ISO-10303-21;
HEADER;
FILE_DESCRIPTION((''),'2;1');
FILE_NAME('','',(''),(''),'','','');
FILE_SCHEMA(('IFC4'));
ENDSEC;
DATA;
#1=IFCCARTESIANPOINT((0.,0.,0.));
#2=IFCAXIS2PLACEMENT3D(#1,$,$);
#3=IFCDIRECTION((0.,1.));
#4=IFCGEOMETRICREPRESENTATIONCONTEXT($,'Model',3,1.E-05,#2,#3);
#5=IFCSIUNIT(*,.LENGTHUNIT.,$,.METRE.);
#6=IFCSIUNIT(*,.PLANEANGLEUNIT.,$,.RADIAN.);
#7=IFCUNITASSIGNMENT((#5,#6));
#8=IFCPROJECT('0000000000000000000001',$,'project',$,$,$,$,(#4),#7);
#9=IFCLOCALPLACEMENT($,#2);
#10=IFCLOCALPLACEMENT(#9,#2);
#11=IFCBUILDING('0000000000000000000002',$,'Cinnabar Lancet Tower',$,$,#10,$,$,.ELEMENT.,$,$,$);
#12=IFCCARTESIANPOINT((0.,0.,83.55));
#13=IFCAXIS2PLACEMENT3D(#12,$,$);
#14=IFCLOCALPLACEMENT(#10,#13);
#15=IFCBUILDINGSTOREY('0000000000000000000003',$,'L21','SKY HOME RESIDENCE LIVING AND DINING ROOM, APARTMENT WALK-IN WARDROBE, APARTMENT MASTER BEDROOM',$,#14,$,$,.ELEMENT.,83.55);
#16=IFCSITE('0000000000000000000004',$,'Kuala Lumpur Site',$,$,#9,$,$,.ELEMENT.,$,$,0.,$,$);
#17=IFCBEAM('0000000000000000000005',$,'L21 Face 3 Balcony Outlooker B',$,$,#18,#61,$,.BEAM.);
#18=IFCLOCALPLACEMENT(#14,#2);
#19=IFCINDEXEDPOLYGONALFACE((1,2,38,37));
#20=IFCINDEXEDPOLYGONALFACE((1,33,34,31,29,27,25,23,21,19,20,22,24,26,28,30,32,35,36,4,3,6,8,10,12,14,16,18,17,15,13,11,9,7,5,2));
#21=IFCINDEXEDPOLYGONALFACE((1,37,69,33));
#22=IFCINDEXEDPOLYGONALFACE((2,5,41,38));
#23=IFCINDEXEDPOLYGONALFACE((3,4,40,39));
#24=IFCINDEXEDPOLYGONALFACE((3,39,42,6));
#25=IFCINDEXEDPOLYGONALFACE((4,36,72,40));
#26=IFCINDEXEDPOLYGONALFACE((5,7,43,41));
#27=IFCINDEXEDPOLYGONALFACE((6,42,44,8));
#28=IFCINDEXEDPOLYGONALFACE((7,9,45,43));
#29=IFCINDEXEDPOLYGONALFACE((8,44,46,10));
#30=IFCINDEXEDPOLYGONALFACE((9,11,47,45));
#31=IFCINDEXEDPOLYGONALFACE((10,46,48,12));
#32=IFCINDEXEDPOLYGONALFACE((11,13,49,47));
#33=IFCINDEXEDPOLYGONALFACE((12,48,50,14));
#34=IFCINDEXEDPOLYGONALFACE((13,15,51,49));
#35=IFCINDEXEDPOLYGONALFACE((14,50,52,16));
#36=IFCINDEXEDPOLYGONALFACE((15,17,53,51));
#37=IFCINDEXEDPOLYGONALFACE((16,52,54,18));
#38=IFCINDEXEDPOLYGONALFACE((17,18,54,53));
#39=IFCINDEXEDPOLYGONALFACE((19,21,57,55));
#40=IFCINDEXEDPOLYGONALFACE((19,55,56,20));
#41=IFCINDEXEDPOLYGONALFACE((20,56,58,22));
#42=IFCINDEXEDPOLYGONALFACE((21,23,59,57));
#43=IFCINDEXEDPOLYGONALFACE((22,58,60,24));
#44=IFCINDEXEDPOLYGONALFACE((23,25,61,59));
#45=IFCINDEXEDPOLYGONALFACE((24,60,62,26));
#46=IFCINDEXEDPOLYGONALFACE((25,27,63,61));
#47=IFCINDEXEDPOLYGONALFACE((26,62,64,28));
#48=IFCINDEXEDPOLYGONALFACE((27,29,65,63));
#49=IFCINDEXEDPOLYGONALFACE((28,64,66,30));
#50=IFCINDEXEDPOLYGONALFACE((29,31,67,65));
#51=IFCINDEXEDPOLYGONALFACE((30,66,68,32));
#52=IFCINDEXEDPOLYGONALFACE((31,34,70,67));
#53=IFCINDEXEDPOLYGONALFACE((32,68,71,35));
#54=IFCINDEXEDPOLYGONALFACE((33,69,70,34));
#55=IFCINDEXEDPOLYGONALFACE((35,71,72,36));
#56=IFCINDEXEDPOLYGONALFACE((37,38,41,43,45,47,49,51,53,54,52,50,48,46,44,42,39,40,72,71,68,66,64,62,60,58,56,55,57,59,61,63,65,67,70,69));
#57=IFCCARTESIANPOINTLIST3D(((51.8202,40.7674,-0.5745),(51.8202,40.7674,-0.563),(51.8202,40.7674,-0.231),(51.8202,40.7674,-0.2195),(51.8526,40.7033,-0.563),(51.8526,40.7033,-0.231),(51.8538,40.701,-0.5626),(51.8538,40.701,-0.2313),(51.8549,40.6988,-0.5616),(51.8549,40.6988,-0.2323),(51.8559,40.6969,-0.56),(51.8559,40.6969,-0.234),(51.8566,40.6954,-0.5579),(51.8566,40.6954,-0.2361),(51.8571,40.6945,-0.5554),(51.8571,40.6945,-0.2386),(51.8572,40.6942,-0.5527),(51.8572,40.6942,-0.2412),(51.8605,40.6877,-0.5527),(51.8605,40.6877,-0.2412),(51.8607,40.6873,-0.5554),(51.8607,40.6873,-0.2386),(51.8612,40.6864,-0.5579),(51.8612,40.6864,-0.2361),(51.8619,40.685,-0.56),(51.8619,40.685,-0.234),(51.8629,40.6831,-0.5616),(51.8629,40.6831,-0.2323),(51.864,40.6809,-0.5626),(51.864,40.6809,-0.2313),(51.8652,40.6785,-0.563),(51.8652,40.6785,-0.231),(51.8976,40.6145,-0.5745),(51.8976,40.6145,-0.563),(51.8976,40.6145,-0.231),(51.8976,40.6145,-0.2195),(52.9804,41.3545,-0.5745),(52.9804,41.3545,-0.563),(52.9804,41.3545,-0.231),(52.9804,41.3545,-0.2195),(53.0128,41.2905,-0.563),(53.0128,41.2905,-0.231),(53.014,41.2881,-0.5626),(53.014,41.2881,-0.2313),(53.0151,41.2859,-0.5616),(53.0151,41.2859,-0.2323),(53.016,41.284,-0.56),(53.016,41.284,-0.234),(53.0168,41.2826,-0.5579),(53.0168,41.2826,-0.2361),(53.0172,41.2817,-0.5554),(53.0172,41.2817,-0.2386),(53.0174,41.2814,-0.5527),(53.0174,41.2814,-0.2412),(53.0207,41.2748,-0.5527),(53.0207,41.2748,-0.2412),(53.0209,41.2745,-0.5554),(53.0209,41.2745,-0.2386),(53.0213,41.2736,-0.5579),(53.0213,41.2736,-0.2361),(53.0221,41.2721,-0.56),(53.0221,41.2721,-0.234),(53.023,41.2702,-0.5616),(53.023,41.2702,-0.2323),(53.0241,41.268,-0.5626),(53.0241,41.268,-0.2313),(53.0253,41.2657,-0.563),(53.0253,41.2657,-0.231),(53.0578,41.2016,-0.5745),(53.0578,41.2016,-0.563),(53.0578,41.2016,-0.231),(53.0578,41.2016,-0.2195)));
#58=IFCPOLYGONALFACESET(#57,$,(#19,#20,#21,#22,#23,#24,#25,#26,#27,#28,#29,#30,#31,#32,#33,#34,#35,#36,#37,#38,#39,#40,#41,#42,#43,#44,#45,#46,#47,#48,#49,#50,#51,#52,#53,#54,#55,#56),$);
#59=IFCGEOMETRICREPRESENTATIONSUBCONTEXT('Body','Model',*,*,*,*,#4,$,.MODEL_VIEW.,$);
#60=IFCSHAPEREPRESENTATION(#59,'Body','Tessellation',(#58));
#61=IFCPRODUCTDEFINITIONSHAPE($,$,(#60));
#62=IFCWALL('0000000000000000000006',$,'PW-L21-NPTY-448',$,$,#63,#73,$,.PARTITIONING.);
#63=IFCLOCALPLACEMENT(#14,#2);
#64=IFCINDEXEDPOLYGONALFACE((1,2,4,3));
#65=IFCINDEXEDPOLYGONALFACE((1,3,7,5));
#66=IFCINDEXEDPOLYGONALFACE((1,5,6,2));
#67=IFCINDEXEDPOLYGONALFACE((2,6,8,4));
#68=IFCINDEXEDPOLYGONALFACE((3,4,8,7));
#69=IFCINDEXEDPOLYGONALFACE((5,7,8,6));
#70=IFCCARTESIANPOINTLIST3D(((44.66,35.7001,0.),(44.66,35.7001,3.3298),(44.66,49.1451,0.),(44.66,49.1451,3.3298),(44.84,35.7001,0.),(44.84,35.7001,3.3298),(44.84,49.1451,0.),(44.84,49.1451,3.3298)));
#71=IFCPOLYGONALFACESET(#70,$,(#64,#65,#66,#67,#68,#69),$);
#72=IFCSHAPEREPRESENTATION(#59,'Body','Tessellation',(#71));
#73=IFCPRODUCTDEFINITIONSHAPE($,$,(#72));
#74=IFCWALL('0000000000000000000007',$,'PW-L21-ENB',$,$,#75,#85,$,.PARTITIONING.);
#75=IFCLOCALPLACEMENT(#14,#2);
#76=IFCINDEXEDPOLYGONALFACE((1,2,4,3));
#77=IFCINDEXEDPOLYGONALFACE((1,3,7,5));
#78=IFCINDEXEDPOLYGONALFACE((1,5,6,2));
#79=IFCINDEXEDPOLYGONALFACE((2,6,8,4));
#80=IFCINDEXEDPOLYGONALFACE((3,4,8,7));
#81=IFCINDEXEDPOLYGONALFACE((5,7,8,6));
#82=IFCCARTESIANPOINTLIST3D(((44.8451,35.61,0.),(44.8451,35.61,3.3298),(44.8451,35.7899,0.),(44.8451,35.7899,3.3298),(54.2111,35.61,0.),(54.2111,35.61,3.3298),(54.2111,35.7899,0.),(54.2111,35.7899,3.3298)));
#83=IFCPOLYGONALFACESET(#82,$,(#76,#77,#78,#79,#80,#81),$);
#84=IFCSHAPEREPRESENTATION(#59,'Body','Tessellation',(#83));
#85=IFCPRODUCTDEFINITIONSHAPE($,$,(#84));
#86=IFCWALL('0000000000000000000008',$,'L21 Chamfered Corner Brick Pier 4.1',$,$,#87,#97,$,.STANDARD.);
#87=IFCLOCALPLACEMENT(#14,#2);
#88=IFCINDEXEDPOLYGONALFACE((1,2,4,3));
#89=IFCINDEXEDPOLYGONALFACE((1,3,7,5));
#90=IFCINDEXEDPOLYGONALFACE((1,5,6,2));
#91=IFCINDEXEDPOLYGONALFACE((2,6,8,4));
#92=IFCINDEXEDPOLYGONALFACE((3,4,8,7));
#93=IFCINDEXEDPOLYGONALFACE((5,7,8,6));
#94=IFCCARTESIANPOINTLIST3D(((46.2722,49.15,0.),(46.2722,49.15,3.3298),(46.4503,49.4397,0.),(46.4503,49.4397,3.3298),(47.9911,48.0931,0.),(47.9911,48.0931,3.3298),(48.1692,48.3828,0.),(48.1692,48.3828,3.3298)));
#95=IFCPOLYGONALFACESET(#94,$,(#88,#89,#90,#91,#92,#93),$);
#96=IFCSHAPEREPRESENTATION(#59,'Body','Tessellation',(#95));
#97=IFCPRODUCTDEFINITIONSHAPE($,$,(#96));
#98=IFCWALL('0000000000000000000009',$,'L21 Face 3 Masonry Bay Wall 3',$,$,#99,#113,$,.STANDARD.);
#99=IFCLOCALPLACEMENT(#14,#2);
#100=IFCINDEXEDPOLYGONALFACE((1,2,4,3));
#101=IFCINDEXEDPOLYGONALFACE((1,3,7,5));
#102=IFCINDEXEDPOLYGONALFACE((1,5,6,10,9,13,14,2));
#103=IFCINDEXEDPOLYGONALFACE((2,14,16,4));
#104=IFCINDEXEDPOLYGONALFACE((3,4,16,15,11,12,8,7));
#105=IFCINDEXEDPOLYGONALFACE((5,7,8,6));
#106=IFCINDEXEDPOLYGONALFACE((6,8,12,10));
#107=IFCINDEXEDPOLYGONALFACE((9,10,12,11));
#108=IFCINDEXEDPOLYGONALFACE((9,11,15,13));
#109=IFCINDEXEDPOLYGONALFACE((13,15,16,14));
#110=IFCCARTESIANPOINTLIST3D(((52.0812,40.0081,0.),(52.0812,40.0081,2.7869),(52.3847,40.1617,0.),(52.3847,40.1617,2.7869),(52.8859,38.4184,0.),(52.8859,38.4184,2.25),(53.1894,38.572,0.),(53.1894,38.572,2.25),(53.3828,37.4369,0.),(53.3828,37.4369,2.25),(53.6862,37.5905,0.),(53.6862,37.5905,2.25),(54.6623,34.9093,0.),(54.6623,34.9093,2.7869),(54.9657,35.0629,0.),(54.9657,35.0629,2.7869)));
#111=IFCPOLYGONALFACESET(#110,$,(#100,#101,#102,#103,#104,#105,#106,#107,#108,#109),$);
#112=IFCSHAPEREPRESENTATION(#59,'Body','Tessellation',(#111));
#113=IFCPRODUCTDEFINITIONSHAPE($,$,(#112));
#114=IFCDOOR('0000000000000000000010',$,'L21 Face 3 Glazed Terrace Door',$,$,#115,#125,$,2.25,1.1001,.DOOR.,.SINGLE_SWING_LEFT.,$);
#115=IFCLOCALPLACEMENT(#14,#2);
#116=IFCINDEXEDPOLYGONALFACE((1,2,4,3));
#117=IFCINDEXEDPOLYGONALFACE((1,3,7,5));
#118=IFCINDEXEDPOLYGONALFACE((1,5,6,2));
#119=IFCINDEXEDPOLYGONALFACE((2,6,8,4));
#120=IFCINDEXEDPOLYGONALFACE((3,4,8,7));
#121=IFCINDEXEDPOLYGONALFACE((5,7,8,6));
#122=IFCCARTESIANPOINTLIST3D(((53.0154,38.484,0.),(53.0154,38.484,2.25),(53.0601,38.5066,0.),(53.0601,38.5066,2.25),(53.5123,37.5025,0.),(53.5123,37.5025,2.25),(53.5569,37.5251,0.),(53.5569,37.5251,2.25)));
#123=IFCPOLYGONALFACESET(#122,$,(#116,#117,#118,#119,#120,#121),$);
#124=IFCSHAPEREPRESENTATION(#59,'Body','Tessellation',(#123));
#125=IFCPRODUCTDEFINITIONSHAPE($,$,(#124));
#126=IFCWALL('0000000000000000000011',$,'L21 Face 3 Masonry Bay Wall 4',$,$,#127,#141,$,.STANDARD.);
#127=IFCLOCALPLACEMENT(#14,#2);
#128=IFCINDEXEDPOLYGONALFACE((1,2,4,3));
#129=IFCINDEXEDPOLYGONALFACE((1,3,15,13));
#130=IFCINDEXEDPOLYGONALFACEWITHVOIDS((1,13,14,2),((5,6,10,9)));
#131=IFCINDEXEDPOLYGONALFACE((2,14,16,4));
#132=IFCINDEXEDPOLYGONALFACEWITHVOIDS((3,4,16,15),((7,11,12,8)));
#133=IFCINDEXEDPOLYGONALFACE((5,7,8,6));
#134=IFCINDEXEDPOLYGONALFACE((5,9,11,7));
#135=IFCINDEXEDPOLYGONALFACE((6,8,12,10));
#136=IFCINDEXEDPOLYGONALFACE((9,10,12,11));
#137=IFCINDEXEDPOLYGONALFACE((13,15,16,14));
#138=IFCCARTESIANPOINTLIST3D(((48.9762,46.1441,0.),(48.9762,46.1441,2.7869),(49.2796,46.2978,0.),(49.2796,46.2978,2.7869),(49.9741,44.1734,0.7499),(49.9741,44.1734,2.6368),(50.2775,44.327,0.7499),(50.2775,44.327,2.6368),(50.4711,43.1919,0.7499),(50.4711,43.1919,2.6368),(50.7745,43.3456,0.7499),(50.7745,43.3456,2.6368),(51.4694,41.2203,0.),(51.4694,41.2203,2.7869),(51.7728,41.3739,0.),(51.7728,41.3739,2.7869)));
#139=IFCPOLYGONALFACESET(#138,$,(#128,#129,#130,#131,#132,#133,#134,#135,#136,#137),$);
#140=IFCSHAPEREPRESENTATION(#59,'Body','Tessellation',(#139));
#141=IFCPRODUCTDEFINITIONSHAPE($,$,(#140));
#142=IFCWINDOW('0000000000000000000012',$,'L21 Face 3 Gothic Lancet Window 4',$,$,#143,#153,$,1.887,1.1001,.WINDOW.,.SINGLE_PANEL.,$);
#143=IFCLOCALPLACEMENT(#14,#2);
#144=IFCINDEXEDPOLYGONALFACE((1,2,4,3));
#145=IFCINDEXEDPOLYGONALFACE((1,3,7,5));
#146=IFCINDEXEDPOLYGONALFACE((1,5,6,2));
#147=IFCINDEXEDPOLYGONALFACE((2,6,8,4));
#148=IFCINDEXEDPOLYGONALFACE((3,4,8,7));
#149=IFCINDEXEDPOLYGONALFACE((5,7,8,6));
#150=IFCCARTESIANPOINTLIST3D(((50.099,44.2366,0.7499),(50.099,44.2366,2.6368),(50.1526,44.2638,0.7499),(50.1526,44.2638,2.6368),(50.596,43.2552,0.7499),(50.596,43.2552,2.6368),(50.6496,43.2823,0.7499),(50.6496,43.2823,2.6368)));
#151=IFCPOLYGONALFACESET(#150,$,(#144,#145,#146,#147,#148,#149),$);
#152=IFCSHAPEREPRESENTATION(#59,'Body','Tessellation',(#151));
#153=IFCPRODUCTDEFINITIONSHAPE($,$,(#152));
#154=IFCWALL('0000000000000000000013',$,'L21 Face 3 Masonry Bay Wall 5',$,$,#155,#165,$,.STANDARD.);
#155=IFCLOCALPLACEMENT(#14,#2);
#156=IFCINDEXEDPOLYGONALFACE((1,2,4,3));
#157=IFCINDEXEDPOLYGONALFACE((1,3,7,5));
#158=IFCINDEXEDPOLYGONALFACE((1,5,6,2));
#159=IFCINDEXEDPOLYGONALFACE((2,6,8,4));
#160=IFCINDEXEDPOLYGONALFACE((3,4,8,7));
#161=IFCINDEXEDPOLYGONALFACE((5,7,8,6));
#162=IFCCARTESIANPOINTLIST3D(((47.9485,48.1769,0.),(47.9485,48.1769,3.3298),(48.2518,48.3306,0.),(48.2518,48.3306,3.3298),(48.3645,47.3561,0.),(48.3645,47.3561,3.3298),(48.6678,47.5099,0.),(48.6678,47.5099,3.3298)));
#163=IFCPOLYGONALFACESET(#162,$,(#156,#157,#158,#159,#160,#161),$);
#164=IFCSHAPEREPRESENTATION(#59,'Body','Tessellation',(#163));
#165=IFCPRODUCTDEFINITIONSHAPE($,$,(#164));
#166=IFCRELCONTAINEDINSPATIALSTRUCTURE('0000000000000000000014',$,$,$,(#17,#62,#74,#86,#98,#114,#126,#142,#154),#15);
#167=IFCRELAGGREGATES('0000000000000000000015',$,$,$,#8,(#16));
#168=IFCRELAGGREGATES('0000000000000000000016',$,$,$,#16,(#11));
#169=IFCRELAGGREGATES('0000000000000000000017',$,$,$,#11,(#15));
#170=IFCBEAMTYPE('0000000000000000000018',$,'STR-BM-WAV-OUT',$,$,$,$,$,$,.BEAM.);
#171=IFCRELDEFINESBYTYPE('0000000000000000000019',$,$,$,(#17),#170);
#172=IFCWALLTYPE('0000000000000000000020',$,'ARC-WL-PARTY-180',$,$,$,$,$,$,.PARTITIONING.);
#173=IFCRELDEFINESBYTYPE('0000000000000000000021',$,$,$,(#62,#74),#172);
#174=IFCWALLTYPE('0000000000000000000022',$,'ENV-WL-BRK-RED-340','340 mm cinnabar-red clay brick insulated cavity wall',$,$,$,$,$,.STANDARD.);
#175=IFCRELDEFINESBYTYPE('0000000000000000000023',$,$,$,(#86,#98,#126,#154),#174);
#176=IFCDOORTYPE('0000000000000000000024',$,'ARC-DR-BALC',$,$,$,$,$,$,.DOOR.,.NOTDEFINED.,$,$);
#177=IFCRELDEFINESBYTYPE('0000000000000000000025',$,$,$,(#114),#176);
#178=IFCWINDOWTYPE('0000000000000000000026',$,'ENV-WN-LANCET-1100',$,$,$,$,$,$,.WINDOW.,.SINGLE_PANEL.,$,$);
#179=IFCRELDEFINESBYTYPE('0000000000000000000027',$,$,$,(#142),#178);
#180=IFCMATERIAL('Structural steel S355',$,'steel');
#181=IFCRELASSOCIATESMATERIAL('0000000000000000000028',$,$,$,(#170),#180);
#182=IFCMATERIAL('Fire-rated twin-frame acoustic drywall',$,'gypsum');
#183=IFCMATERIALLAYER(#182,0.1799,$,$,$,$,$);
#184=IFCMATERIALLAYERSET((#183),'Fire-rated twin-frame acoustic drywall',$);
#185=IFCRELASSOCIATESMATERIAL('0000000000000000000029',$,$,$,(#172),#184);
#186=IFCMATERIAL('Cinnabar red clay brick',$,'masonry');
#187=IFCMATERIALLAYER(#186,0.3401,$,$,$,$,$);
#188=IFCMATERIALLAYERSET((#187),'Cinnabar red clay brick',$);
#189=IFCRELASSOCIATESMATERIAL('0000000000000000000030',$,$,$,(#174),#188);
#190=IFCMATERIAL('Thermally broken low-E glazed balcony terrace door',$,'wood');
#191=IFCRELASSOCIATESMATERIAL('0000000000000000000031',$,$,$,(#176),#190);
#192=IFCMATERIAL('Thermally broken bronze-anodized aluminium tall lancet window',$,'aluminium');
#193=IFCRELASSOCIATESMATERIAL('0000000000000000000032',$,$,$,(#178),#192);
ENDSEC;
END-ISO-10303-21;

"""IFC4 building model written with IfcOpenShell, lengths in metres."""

from ifc_helpers import new_model, si_unit, direction, frame, frame_2d, origin, origin_2d, place, context, subcontext, project, spatial, rectangle, i_section, extrude, material, layer, layer_set, material_profile, profile_set, type_object, element, fill, save


model = new_model("IFC4")

# Units and contexts
model_context = context("Model", 3, precision=1e-05, world=origin(), true_north=direction((0.0, 1.0)))
body_context = subcontext(model_context, "Body", "Model", "MODEL_VIEW")
ifc_project = project(units=[si_unit("LENGTHUNIT", "METRE"), si_unit("PLANEANGLEUNIT", "RADIAN")], contexts=[model_context])

# Site, building, storey
site_placement = place(None, origin())
site = spatial("IfcSite", under=ifc_project, at=site_placement, Name="Kuala Lumpur Site", CompositionType="ELEMENT", RefElevation=0.0)
building_placement = place(site_placement, origin())
building = spatial("IfcBuilding", under=site, at=building_placement, Name="Cinnabar Lancet Tower", CompositionType="ELEMENT")
storey_placement = place(building_placement, frame((0.0, 0.0, 83.55)))
storey = spatial("IfcBuildingStorey", under=building, at=storey_placement, Name="L21", Description="SKY HOME RESIDENCE LIVING AND DINING ROOM, APARTMENT WALK-IN WARDROBE, APARTMENT MASTER BEDROOM", CompositionType="ELEMENT", Elevation=83.55)

# Beam
ifc_material_1 = material(Name="Structural steel S355", Category="steel")
ifc_material_profile_1 = material_profile(ifc_material_1, i_section(OverallWidth=0.1714, OverallDepth=0.355, WebThickness=0.0073, FlangeThickness=0.0115, FilletRadius=0.0103, at=origin_2d()), Name="UKB 356x171x51")
ifc_profile_set_1 = profile_set([ifc_material_profile_1], Name="Structural steel S355")
beam_type_1 = type_object("IfcBeamType", Name="STR-BM-WAV-OUT", PredefinedType="BEAM", material=ifc_profile_set_1)
beam_1_placement = place(storey_placement, frame((51.8589, 40.6909, -0.397), z_axis=(0.892239, 0.451564, 0.0), x_axis=(-0.451564, 0.892239, 0.0)))
element("IfcBeam", 1, at=beam_1_placement, inside=storey, type_object=beam_type_1, Name="L21 Face 3 Balcony Outlooker B", PredefinedType="BEAM", context=body_context, shape_type="SweptSolid", body=[
    extrude(i_section(OverallWidth=0.1714, OverallDepth=0.355, WebThickness=0.0073, FlangeThickness=0.0115, FilletRadius=0.0103, at=origin_2d()), origin(), (0.0, 0.0, 1.0), 1.3003),
])

# Walls
ifc_material_2 = material(Name="Fire-rated twin-frame acoustic drywall", Category="gypsum")
ifc_layer_1 = layer(ifc_material_2, 0.1799)
ifc_layer_set_1 = layer_set([ifc_layer_1], Name="Fire-rated twin-frame acoustic drywall")
wall_type_1 = type_object("IfcWallType", Name="ARC-WL-PARTY-180", PredefinedType="PARTITIONING", material=ifc_layer_set_1)
wall_1_placement = place(storey_placement, frame((44.75, 35.7, 0.0), z_axis=(0.0, 0.0, 1.0), x_axis=(0.0, 1.0, 0.0)))
element("IfcWall", 2, at=wall_1_placement, inside=storey, type_object=wall_type_1, Name="PW-L21-NPTY-448", PredefinedType="PARTITIONING", context=body_context, shape_type="SweptSolid", body=[
    extrude(rectangle(XDim=13.4451, YDim=0.1799, at=frame_2d((6.7227, 0.0))), origin(), (0.0, 0.0, 1.0), 3.3298),
])
wall_2_placement = place(storey_placement, frame((44.845, 35.7, 0.0), z_axis=(0.0, 0.0, 1.0), x_axis=(1.0, 0.0, 0.0)))
element("IfcWall", 3, at=wall_2_placement, inside=storey, type_object=wall_type_1, Name="PW-L21-ENB", PredefinedType="PARTITIONING", context=body_context, shape_type="SweptSolid", body=[
    extrude(rectangle(XDim=9.366, YDim=0.1799, at=frame_2d((4.6831, 0.0))), origin(), (0.0, 0.0, 1.0), 3.3298),
])
ifc_material_3 = material(Name="Cinnabar red clay brick", Category="masonry")
ifc_layer_2 = layer(ifc_material_3, 0.3401)
ifc_layer_set_2 = layer_set([ifc_layer_2], Name="Cinnabar red clay brick")
wall_type_2 = type_object("IfcWallType", Name="ENV-WL-BRK-RED-340", Description="340 mm cinnabar-red clay brick insulated cavity wall", PredefinedType="STANDARD", material=ifc_layer_set_2)
wall_3_placement = place(storey_placement, frame((48.0801, 48.238, 0.0), z_axis=(0.0, 0.0, 1.0), x_axis=(-0.85187, 0.523753, 0.0)))
element("IfcWall", 4, at=wall_3_placement, inside=storey, type_object=wall_type_2, Name="L21 Chamfered Corner Brick Pier 4.1", PredefinedType="STANDARD", context=body_context, shape_type="SweptSolid", body=[
    extrude(rectangle(XDim=2.0178, YDim=0.3401, at=frame_2d((1.0088, 0.0))), origin(), (0.0, 0.0, 1.0), 3.3298),
])

# Wall, opening, door
wall_4_placement = place(storey_placement, frame((54.814, 34.9861, 0.0), z_axis=(0.0, 0.0, 1.0), x_axis=(-0.451634, 0.892203, 0.0)))
wall_4 = element("IfcWall", 5, at=wall_4_placement, inside=storey, type_object=wall_type_2, Name="L21 Face 3 Masonry Bay Wall 3", PredefinedType="STANDARD", context=body_context, shape_type="SweptSolid", body=[
    extrude(rectangle(XDim=5.7148, YDim=0.3401, at=frame_2d((2.8574, 0.0))), origin(), (0.0, 0.0, 1.0), 2.7869),
])
opening_1_placement = place(wall_4_placement, frame((2.833, 0.0, 0.0)))
opening_1 = element("IfcOpeningElement", 6, at=opening_1_placement, cuts=wall_4, PredefinedType="OPENING", context=body_context, shape_type="SweptSolid", body=[
    extrude(rectangle(XDim=1.1001, YDim=2.25, at=frame_2d((0.55, 1.125))), frame((0.0, 0.1799, 0.0), z_axis=(0.0, -1.0, 0.0), x_axis=(1.0, 0.0, 0.0)), (0.0, 0.0, 1.0), 0.3601),
])
ifc_material_4 = material(Name="Thermally broken low-E glazed balcony terrace door", Category="wood")
door_type = type_object("IfcDoorType", Name="ARC-DR-BALC", OperationType="NOTDEFINED", PredefinedType="DOOR", material=ifc_material_4)
door_placement = place(opening_1_placement, origin())
door = element("IfcDoor", 7, at=door_placement, inside=storey, type_object=door_type, Name="L21 Face 3 Glazed Terrace Door", OperationType="SINGLE_SWING_LEFT", OverallHeight=2.25, OverallWidth=1.1001, PredefinedType="DOOR", context=body_context, shape_type="SweptSolid", body=[
    extrude(rectangle(XDim=1.1001, YDim=2.25, at=frame_2d((0.55, 1.125))), frame((0.0, 0.0249, 0.0), z_axis=(0.0, -1.0, 0.0), x_axis=(1.0, 0.0, 0.0)), (0.0, 0.0, 1.0), 0.05),
])
fill(opening_1, door)

# Wall, opening, window
wall_5_placement = place(storey_placement, frame((51.6211, 41.2971, 0.0), z_axis=(0.0, 0.0, 1.0), x_axis=(-0.451738, 0.892151, 0.0)))
wall_5 = element("IfcWall", 8, at=wall_5_placement, inside=storey, type_object=wall_type_2, Name="L21 Face 3 Masonry Bay Wall 4", PredefinedType="STANDARD", context=body_context, shape_type="SweptSolid", body=[
    extrude(rectangle(XDim=5.519, YDim=0.3401, at=frame_2d((2.7595, 0.0))), origin(), (0.0, 0.0, 1.0), 2.7869),
])
opening_2_placement = place(wall_5_placement, frame((2.21, 0.0, 0.75)))
opening_2 = element("IfcOpeningElement", 9, at=opening_2_placement, cuts=wall_5, PredefinedType="OPENING", context=body_context, shape_type="SweptSolid", body=[
    extrude(rectangle(XDim=1.1001, YDim=1.887, at=frame_2d((0.55, 0.9434))), frame((0.0, 0.1799, 0.0), z_axis=(0.0, -1.0, 0.0), x_axis=(1.0, 0.0, 0.0)), (0.0, 0.0, 1.0), 0.3601),
])
ifc_material_5 = material(Name="Thermally broken bronze-anodized aluminium tall lancet window", Category="aluminium")
window_type = type_object("IfcWindowType", Name="ENV-WN-LANCET-1100", PartitioningType="SINGLE_PANEL", PredefinedType="WINDOW", material=ifc_material_5)
window_1_placement = place(opening_2_placement, origin())
window_1 = element("IfcWindow", 10, at=window_1_placement, inside=storey, type_object=window_type, Name="L21 Face 3 Gothic Lancet Window 4", OverallHeight=1.887, OverallWidth=1.1001, PartitioningType="SINGLE_PANEL", PredefinedType="WINDOW", context=body_context, shape_type="SweptSolid", body=[
    extrude(rectangle(XDim=1.1001, YDim=1.887, at=frame_2d((0.55, 0.9434))), frame((0.0, 0.03, 0.0), z_axis=(0.0, -1.0, 0.0), x_axis=(1.0, 0.0, 0.0)), (0.0, 0.0, 1.0), 0.0601),
])
fill(opening_2, window_1)

# Wall
wall_6_placement = place(storey_placement, frame((48.5161, 47.4331, 0.0), z_axis=(0.0, 0.0, 1.0), x_axis=(-0.452089, 0.891973, 0.0)))
element("IfcWall", 11, at=wall_6_placement, inside=storey, type_object=wall_type_2, Name="L21 Face 3 Masonry Bay Wall 5", PredefinedType="STANDARD", context=body_context, shape_type="SweptSolid", body=[
    extrude(rectangle(XDim=0.9202, YDim=0.3401, at=frame_2d((0.46, 0.0))), origin(), (0.0, 0.0, 1.0), 3.3298),
])

save(model, "model.ifc")
